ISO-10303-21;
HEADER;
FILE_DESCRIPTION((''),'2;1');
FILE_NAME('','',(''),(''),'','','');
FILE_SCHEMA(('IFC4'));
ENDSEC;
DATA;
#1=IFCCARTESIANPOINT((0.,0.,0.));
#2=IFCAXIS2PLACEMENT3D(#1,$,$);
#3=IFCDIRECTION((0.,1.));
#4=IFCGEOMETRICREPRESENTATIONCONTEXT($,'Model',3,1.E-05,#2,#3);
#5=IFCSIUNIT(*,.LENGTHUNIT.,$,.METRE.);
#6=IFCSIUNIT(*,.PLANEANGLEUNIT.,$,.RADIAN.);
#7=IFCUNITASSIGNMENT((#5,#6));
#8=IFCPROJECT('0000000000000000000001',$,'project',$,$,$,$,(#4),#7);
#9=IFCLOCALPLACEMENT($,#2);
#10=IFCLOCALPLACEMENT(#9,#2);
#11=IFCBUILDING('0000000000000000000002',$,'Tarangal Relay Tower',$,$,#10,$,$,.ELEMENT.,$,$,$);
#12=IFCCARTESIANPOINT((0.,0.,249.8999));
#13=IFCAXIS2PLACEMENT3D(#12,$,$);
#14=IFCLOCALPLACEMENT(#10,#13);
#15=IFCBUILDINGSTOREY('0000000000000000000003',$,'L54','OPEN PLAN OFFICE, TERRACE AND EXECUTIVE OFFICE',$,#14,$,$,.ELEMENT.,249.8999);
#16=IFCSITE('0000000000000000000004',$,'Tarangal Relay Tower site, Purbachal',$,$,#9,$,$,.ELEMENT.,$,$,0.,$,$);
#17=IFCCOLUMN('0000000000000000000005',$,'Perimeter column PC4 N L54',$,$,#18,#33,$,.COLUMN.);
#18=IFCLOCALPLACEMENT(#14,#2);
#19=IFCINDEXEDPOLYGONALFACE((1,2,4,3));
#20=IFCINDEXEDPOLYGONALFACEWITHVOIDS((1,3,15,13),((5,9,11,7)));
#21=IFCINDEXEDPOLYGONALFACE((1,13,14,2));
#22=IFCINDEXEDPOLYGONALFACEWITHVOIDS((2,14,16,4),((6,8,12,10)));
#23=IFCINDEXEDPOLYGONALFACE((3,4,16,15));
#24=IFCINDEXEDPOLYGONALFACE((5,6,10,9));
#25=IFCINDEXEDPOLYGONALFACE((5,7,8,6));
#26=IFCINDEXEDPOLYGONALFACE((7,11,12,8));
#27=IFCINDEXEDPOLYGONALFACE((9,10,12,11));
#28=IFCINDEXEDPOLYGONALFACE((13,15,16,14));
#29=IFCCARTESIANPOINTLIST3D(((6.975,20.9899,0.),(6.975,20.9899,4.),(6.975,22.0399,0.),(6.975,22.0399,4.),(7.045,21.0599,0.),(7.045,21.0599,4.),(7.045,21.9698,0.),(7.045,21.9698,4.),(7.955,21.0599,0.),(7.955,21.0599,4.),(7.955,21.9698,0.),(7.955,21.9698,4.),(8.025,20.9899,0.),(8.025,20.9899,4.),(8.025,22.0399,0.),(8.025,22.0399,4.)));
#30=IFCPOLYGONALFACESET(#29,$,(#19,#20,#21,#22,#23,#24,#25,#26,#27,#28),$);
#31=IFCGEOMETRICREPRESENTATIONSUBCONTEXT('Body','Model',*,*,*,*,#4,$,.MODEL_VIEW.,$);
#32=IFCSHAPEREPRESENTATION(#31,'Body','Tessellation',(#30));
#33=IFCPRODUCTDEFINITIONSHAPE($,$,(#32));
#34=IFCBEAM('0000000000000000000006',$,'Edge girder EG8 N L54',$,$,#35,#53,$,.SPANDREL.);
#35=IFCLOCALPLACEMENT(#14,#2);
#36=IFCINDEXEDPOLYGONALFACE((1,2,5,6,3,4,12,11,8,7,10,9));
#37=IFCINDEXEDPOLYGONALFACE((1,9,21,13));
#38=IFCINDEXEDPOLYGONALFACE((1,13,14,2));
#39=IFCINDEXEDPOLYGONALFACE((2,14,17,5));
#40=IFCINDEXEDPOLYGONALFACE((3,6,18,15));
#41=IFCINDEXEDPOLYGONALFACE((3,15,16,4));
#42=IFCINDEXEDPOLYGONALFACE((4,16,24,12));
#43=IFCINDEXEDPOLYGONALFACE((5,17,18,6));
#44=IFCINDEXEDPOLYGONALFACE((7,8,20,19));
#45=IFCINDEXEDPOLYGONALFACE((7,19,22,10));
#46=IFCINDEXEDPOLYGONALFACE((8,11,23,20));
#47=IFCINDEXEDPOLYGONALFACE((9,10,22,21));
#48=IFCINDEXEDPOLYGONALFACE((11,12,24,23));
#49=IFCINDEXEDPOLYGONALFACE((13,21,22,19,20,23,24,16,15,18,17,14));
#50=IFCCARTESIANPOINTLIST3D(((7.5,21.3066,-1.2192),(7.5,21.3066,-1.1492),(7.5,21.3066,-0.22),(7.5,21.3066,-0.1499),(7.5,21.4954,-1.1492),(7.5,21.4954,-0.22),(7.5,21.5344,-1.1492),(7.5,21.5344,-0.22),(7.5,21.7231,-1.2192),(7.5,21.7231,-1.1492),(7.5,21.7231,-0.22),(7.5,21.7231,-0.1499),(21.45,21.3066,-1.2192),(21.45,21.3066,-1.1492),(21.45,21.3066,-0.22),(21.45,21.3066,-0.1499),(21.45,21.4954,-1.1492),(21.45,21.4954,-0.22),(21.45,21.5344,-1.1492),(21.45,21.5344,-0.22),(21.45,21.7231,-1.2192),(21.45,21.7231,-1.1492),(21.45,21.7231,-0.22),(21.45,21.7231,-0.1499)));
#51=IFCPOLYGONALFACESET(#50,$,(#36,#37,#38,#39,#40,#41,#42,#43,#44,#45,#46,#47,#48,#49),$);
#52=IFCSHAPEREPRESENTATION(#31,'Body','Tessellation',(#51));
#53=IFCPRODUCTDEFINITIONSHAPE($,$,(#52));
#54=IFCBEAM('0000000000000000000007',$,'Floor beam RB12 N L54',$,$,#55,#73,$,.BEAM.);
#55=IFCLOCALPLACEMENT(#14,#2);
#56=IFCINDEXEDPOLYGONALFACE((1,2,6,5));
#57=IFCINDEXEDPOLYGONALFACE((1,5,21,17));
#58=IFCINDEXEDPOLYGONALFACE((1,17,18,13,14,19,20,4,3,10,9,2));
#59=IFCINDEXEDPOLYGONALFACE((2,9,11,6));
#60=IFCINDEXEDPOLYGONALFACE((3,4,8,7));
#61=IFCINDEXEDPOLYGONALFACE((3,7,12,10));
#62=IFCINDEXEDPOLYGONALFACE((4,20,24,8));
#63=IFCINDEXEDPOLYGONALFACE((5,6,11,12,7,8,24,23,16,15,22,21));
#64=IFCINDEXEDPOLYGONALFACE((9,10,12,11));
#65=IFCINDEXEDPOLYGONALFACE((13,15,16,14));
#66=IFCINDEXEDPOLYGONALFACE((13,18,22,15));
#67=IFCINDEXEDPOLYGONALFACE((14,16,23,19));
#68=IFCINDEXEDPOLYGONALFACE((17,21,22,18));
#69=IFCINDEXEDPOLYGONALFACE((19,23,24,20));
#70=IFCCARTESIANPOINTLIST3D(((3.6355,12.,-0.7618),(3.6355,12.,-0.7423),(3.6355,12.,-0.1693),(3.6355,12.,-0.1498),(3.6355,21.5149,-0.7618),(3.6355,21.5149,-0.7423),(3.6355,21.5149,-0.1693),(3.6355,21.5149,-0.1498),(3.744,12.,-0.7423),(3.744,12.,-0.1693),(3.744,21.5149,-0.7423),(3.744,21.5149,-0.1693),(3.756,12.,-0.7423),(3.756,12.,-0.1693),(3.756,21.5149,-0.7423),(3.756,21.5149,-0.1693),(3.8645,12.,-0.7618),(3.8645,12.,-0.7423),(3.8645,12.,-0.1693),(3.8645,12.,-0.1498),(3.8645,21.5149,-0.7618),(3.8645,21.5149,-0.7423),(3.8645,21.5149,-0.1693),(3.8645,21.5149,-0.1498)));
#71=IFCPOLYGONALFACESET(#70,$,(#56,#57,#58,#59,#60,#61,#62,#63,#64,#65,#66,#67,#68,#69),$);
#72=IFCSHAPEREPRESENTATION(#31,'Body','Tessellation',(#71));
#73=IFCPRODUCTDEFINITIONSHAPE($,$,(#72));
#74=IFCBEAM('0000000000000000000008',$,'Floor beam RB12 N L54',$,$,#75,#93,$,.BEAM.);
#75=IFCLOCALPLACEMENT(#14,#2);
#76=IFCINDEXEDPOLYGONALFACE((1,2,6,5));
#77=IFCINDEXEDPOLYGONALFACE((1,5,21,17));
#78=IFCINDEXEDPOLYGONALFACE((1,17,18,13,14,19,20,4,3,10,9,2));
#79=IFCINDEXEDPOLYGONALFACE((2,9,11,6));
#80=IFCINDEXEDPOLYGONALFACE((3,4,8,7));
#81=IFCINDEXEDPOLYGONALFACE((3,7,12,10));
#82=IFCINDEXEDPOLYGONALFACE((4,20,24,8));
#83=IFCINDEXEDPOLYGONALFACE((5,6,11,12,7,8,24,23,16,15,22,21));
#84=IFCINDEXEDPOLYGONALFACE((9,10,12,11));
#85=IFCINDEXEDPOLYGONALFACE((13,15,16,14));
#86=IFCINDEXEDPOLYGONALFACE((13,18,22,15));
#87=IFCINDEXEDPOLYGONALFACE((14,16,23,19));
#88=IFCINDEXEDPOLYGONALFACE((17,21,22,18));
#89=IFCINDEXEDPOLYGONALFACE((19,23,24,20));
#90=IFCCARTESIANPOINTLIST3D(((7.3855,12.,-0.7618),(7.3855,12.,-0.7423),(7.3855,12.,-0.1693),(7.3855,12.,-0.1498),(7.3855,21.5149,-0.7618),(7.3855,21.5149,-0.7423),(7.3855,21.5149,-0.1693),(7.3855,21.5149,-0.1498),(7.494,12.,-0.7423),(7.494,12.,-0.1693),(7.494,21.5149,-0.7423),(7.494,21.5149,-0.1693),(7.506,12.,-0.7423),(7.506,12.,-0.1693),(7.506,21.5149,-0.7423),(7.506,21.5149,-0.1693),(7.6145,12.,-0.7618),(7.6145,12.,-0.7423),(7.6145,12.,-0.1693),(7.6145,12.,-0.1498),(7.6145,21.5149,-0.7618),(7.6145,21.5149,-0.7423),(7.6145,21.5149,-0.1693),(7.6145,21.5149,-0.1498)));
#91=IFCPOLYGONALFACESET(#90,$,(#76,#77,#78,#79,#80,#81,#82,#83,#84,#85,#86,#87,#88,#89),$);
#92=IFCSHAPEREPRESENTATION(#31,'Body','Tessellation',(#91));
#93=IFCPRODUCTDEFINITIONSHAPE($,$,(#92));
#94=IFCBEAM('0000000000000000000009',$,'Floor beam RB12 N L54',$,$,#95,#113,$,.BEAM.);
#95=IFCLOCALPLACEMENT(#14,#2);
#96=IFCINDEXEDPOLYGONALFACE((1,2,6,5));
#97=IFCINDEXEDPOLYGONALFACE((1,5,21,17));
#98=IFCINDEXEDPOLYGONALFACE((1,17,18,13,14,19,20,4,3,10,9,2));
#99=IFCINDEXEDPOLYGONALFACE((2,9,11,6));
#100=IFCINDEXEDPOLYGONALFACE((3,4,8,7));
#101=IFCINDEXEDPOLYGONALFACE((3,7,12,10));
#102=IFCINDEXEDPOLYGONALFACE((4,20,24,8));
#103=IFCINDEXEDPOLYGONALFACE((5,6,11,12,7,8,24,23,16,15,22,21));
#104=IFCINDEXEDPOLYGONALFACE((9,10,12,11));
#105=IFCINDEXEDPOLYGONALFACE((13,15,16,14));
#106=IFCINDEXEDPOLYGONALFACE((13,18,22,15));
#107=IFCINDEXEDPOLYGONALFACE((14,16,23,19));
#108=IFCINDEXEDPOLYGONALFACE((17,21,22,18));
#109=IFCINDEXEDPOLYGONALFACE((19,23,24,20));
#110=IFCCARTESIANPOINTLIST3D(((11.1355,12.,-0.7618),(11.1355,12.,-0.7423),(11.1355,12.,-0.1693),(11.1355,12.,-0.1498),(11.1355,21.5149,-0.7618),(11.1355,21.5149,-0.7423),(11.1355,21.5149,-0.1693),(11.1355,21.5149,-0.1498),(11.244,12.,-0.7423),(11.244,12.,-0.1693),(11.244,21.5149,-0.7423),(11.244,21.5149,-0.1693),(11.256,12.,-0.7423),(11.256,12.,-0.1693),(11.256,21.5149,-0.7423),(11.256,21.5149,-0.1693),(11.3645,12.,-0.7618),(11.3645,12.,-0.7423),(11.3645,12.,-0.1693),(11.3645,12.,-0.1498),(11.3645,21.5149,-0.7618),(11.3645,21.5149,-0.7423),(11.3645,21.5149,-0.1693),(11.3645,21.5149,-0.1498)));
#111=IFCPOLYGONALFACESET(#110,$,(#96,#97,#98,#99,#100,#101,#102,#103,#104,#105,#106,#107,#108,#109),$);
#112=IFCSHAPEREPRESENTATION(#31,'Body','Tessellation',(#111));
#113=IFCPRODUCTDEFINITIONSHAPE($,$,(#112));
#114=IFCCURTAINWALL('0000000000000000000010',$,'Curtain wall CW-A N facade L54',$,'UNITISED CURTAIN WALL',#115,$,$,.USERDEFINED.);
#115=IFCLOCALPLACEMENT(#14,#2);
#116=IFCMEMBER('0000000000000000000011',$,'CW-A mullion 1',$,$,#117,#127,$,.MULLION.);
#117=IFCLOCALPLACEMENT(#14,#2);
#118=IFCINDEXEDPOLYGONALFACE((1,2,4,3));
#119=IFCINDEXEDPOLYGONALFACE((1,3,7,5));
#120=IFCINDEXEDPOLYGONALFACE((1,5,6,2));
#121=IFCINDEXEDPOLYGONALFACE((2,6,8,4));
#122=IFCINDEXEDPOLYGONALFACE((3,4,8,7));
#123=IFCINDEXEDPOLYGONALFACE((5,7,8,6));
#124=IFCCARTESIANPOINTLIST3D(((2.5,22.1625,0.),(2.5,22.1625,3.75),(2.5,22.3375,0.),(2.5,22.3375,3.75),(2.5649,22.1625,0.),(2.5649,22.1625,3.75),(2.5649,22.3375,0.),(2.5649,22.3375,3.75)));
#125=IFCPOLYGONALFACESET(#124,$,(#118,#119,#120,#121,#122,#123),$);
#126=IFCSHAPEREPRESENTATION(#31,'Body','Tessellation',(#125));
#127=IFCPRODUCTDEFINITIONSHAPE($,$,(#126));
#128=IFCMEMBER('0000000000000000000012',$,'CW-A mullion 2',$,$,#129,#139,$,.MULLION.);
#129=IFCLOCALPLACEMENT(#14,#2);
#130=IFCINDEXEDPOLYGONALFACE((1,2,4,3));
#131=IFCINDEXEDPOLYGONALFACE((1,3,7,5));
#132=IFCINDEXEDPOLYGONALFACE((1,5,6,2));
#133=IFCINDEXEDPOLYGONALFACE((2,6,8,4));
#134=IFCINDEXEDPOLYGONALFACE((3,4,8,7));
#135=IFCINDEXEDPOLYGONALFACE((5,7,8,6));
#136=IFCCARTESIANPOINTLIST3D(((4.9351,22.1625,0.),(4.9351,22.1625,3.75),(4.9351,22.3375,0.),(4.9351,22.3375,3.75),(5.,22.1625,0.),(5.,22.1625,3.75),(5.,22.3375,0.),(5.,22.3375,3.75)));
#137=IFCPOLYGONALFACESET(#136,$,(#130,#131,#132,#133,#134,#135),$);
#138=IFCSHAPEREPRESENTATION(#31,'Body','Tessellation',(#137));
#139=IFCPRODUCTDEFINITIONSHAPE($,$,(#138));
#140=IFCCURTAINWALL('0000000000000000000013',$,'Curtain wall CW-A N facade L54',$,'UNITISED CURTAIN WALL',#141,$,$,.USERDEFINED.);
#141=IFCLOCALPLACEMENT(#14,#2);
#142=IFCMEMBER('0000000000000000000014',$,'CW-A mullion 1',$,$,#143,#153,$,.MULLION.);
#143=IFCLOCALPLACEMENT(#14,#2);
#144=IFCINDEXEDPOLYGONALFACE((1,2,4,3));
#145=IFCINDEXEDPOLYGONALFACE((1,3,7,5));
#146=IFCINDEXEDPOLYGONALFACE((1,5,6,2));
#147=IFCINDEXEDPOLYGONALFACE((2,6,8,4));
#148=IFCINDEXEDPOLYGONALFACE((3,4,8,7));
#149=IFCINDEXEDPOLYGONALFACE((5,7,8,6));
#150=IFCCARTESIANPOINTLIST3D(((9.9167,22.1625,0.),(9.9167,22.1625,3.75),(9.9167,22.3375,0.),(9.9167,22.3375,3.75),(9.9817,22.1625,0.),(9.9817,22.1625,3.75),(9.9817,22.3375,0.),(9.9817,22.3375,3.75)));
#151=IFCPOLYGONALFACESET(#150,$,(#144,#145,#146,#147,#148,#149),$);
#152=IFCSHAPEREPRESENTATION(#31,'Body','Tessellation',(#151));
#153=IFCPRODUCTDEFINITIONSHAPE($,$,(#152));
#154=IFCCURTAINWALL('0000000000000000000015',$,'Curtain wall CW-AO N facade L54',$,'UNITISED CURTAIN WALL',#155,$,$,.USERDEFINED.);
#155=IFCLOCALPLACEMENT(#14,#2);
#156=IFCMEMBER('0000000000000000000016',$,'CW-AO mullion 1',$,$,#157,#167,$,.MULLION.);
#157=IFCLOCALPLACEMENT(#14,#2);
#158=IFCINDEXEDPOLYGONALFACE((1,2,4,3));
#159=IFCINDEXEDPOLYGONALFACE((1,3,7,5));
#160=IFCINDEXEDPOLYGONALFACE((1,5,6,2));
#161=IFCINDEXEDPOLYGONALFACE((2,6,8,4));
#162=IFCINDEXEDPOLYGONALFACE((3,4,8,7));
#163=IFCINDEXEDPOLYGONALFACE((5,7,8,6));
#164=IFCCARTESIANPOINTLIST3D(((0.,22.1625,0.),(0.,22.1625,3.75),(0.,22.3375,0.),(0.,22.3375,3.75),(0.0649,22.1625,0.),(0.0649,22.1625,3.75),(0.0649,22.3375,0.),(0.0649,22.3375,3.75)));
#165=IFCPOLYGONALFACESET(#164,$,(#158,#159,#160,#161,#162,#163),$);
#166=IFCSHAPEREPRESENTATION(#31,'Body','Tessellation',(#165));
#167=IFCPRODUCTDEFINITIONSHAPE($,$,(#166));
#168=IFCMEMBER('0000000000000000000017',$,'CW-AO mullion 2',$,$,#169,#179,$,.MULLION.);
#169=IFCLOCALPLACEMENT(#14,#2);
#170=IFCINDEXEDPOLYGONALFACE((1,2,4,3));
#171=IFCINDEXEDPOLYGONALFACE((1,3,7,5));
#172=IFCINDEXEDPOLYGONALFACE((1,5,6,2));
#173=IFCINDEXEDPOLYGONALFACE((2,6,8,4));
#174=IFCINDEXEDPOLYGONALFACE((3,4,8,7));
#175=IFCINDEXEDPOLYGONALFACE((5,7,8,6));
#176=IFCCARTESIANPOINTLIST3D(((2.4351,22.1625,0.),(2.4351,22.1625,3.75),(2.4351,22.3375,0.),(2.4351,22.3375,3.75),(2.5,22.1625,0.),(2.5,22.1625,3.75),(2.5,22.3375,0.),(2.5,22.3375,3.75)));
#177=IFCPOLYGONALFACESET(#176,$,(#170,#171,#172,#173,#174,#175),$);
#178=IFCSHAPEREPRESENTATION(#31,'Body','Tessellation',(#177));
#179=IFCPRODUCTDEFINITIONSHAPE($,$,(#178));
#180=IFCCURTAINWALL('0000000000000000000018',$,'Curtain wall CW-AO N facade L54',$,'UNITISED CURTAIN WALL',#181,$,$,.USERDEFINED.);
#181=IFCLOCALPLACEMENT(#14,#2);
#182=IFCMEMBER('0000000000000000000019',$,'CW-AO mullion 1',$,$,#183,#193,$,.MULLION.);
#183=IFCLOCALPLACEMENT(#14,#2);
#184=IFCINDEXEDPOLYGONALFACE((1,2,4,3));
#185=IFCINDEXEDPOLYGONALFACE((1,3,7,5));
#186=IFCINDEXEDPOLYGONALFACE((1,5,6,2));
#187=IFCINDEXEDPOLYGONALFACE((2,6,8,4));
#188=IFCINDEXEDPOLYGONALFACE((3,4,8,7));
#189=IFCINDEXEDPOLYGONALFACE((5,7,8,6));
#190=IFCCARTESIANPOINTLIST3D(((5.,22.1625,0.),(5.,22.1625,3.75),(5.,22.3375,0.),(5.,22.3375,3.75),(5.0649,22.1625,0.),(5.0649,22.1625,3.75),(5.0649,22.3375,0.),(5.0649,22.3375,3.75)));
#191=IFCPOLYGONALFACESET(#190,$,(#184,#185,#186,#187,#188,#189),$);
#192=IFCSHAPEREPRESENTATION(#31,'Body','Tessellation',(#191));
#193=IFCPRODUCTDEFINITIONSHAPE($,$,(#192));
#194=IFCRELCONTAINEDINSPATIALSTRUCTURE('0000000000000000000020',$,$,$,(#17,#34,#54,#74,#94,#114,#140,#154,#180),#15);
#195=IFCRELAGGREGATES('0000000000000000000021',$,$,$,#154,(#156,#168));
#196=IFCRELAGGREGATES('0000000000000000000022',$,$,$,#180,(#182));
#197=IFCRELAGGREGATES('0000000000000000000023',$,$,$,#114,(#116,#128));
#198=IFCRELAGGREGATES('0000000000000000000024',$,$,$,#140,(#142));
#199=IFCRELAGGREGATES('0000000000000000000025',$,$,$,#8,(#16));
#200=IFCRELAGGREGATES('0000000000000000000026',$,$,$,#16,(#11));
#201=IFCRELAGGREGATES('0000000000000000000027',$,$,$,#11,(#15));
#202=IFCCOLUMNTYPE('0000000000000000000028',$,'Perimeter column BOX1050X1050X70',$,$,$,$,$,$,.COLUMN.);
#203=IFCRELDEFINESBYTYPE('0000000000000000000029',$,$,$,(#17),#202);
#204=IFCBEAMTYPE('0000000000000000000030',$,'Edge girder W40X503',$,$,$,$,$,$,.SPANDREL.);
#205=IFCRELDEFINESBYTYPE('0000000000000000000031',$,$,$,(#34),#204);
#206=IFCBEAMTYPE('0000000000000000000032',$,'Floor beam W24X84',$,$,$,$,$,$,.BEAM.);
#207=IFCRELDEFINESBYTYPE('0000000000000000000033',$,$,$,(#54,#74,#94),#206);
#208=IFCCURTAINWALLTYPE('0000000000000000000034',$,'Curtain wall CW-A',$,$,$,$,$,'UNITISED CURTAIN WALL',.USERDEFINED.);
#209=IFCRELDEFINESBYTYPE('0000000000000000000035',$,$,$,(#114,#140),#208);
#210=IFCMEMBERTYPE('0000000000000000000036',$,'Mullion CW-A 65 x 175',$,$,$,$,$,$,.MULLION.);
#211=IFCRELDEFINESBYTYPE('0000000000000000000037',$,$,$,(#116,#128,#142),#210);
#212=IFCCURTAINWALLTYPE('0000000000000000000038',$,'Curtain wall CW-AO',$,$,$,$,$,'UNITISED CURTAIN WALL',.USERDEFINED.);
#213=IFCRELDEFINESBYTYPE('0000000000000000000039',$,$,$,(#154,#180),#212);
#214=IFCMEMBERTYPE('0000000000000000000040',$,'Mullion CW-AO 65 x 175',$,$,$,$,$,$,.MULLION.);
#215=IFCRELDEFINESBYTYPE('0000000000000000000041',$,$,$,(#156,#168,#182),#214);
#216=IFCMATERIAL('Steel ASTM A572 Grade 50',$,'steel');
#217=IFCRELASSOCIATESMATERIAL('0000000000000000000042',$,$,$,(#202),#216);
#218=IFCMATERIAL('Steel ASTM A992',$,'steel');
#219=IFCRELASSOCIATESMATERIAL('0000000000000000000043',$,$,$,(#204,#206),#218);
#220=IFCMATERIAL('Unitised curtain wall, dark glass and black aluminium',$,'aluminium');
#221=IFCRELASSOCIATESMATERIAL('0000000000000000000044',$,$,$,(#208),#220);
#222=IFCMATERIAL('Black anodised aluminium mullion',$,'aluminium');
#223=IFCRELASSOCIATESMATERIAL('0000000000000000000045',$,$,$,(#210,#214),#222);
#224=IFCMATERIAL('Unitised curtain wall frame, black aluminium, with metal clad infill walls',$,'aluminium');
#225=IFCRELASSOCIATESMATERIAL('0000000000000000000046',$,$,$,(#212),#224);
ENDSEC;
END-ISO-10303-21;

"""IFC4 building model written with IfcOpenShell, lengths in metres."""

from ifc_helpers import new_model, si_unit, direction, frame, origin, origin_2d, place, context, subcontext, project, spatial, rectangle, hollow_rectangle, i_section, extrude, material, material_profile, profile_set, type_object, element, aggregate, save


model = new_model("IFC4")

# Units and contexts
model_context = context("Model", 3, precision=1e-05, world=origin(), true_north=direction((0.0, 1.0)))
body_context = subcontext(model_context, "Body", "Model", "MODEL_VIEW")
ifc_project = project(units=[si_unit("LENGTHUNIT", "METRE"), si_unit("PLANEANGLEUNIT", "RADIAN")], contexts=[model_context])

# Site, building, storey
site_placement = place(None, origin())
site = spatial("IfcSite", under=ifc_project, at=site_placement, Name="Tarangal Relay Tower site, Purbachal", CompositionType="ELEMENT", RefElevation=0.0)
building_placement = place(site_placement, origin())
building = spatial("IfcBuilding", under=site, at=building_placement, Name="Tarangal Relay Tower", CompositionType="ELEMENT")
storey_placement = place(building_placement, frame((0.0, 0.0, 249.8999)))
storey = spatial("IfcBuildingStorey", under=building, at=storey_placement, Name="L54", Description="OPEN PLAN OFFICE, TERRACE AND EXECUTIVE OFFICE", CompositionType="ELEMENT", Elevation=249.8999)

# Column
ifc_material_1 = material(Name="Steel ASTM A572 Grade 50", Category="steel")
ifc_material_profile_1 = material_profile(ifc_material_1, hollow_rectangle(XDim=1.05, YDim=1.05, WallThickness=0.0701, at=origin_2d()), Name="BOX1050X1050X70")
ifc_profile_set_1 = profile_set([ifc_material_profile_1], Name="Steel ASTM A572 Grade 50")
column_type = type_object("IfcColumnType", Name="Perimeter column BOX1050X1050X70", PredefinedType="COLUMN", material=ifc_profile_set_1)
column_placement = place(storey_placement, frame((7.5, 21.5149, 0.0), z_axis=(0.0, 0.0, 1.0), x_axis=(1.0, 0.0, 0.0)))
element("IfcColumn", 1, at=column_placement, inside=storey, type_object=column_type, Name="Perimeter column PC4 N L54", PredefinedType="COLUMN", context=body_context, shape_type="SweptSolid", body=[
    extrude(hollow_rectangle(XDim=1.05, YDim=1.05, WallThickness=0.0701, at=origin_2d()), origin(), (0.0, 0.0, 1.0), 4.0),
])

# Beams
ifc_material_2 = material(Name="Steel ASTM A992", Category="steel")
ifc_material_profile_2 = material_profile(ifc_material_2, i_section(OverallWidth=0.4165, OverallDepth=1.0693, WebThickness=0.0391, FlangeThickness=0.0701, at=origin_2d()), Name="W40X503")
ifc_profile_set_2 = profile_set([ifc_material_profile_2], Name="Steel ASTM A992")
beam_type_1 = type_object("IfcBeamType", Name="Edge girder W40X503", PredefinedType="SPANDREL", material=ifc_profile_set_2)
beam_placement = place(storey_placement, frame((7.5, 21.5149, -0.6846), z_axis=(1.0, 0.0, 0.0), x_axis=(0.0, 1.0, 0.0)))
element("IfcBeam", 2, at=beam_placement, inside=storey, type_object=beam_type_1, Name="Edge girder EG8 N L54", PredefinedType="SPANDREL", context=body_context, shape_type="SweptSolid", body=[
    extrude(i_section(OverallWidth=0.4165, OverallDepth=1.0693, WebThickness=0.0391, FlangeThickness=0.0701, at=origin_2d()), origin(), (0.0, 0.0, 1.0), 13.95),
])
ifc_material_profile_3 = material_profile(ifc_material_2, i_section(OverallWidth=0.229, OverallDepth=0.6121, WebThickness=0.012, FlangeThickness=0.0195, at=origin_2d()), Name="W24X84")
ifc_profile_set_3 = profile_set([ifc_material_profile_3], Name="Steel ASTM A992")
beam_type_2 = type_object("IfcBeamType", Name="Floor beam W24X84", PredefinedType="BEAM", material=ifc_profile_set_3)
for number, where, z_axis, x_axis, name in (
    (3, (3.75, 12.0, -0.4558), (0.0, 1.0, 0.0), (-1.0, 0.0, 0.0), "Floor beam RB12 N L54"),
    (4, (7.5, 12.0, -0.4558), (0.0, 1.0, 0.0), (-1.0, 0.0, 0.0), "Floor beam RB12 N L54"),
    (5, (11.25, 12.0, -0.4558), (0.0, 1.0, 0.0), (-1.0, 0.0, 0.0), "Floor beam RB12 N L54"),
):
    element("IfcBeam", number, at=place(storey_placement, frame(where, z_axis=z_axis, x_axis=x_axis)), inside=storey, type_object=beam_type_2, Name=name, PredefinedType="BEAM", context=body_context, shape_type="SweptSolid", body=[
        extrude(i_section(OverallWidth=0.229, OverallDepth=0.6121, WebThickness=0.012, FlangeThickness=0.0195, at=origin_2d()), origin(), (0.0, 0.0, 1.0), 9.5149),
    ])

# Curtain wall, members
ifc_material_3 = material(Name="Unitised curtain wall, dark glass and black aluminium", Category="aluminium")
curtain_wall_type_1 = type_object("IfcCurtainWallType", Name="Curtain wall CW-A", ElementType="UNITISED CURTAIN WALL", PredefinedType="USERDEFINED", material=ifc_material_3)
curtain_wall_1_placement = place(storey_placement, origin())
curtain_wall_1 = element("IfcCurtainWall", 6, at=curtain_wall_1_placement, inside=storey, type_object=curtain_wall_type_1, Name="Curtain wall CW-A N facade L54", ObjectType="UNITISED CURTAIN WALL", PredefinedType="USERDEFINED")
ifc_material_4 = material(Name="Black anodised aluminium mullion", Category="aluminium")
ifc_material_profile_4 = material_profile(ifc_material_4, rectangle(XDim=0.175, YDim=0.0649, at=origin_2d()), Name="CW-AM 65X175")
ifc_profile_set_4 = profile_set([ifc_material_profile_4], Name="Black anodised aluminium mullion")
member_type_1 = type_object("IfcMemberType", Name="Mullion CW-A 65 x 175", PredefinedType="MULLION", material=ifc_profile_set_4)
member_1_placement = place(storey_placement, frame((2.5325, 22.25, 0.0), z_axis=(0.0, 0.0, 1.0), x_axis=(0.0, 1.0, 0.0)))
member_1 = element("IfcMember", 7, at=member_1_placement, type_object=member_type_1, Name="CW-A mullion 1", PredefinedType="MULLION", context=body_context, shape_type="SweptSolid", body=[
    extrude(rectangle(XDim=0.175, YDim=0.0649, at=origin_2d()), origin(), (0.0, 0.0, 1.0), 3.75),
])
member_2_placement = place(storey_placement, frame((4.9675, 22.25, 0.0), z_axis=(0.0, 0.0, 1.0), x_axis=(0.0, 1.0, 0.0)))
member_2 = element("IfcMember", 8, at=member_2_placement, type_object=member_type_1, Name="CW-A mullion 2", PredefinedType="MULLION", context=body_context, shape_type="SweptSolid", body=[
    extrude(rectangle(XDim=0.175, YDim=0.0649, at=origin_2d()), origin(), (0.0, 0.0, 1.0), 3.75),
])

# Curtain wall, member
curtain_wall_2_placement = place(storey_placement, origin())
curtain_wall_2 = element("IfcCurtainWall", 9, at=curtain_wall_2_placement, inside=storey, type_object=curtain_wall_type_1, Name="Curtain wall CW-A N facade L54", ObjectType="UNITISED CURTAIN WALL", PredefinedType="USERDEFINED")
member_3_placement = place(storey_placement, frame((9.9492, 22.25, 0.0), z_axis=(0.0, 0.0, 1.0), x_axis=(0.0, 1.0, 0.0)))
member_3 = element("IfcMember", 10, at=member_3_placement, type_object=member_type_1, Name="CW-A mullion 1", PredefinedType="MULLION", context=body_context, shape_type="SweptSolid", body=[
    extrude(rectangle(XDim=0.175, YDim=0.0649, at=origin_2d()), origin(), (0.0, 0.0, 1.0), 3.75),
])

# Curtain walls, members
ifc_material_5 = material(Name="Unitised curtain wall frame, black aluminium, with metal clad infill walls", Category="aluminium")
curtain_wall_type_2 = type_object("IfcCurtainWallType", Name="Curtain wall CW-AO", ElementType="UNITISED CURTAIN WALL", PredefinedType="USERDEFINED", material=ifc_material_5)
curtain_wall_3_placement = place(storey_placement, origin())
curtain_wall_3 = element("IfcCurtainWall", 11, at=curtain_wall_3_placement, inside=storey, type_object=curtain_wall_type_2, Name="Curtain wall CW-AO N facade L54", ObjectType="UNITISED CURTAIN WALL", PredefinedType="USERDEFINED")
ifc_material_profile_5 = material_profile(ifc_material_4, rectangle(XDim=0.175, YDim=0.0649, at=origin_2d()), Name="CW-AOM 65X175")
ifc_profile_set_5 = profile_set([ifc_material_profile_5], Name="Black anodised aluminium mullion")
member_type_2 = type_object("IfcMemberType", Name="Mullion CW-AO 65 x 175", PredefinedType="MULLION", material=ifc_profile_set_5)
member_4_placement = place(storey_placement, frame((0.0325, 22.25, 0.0), z_axis=(0.0, 0.0, 1.0), x_axis=(0.0, 1.0, 0.0)))
member_4 = element("IfcMember", 12, at=member_4_placement, type_object=member_type_2, Name="CW-AO mullion 1", PredefinedType="MULLION", context=body_context, shape_type="SweptSolid", body=[
    extrude(rectangle(XDim=0.175, YDim=0.0649, at=origin_2d()), origin(), (0.0, 0.0, 1.0), 3.75),
])
member_5_placement = place(storey_placement, frame((2.4675, 22.25, 0.0), z_axis=(0.0, 0.0, 1.0), x_axis=(0.0, 1.0, 0.0)))
member_5 = element("IfcMember", 13, at=member_5_placement, type_object=member_type_2, Name="CW-AO mullion 2", PredefinedType="MULLION", context=body_context, shape_type="SweptSolid", body=[
    extrude(rectangle(XDim=0.175, YDim=0.0649, at=origin_2d()), origin(), (0.0, 0.0, 1.0), 3.75),
])
curtain_wall_4_placement = place(storey_placement, origin())
curtain_wall_4 = element("IfcCurtainWall", 14, at=curtain_wall_4_placement, inside=storey, type_object=curtain_wall_type_2, Name="Curtain wall CW-AO N facade L54", ObjectType="UNITISED CURTAIN WALL", PredefinedType="USERDEFINED")
member_6_placement = place(storey_placement, frame((5.0325, 22.25, 0.0), z_axis=(0.0, 0.0, 1.0), x_axis=(0.0, 1.0, 0.0)))
member_6 = element("IfcMember", 15, at=member_6_placement, type_object=member_type_2, Name="CW-AO mullion 1", PredefinedType="MULLION", context=body_context, shape_type="SweptSolid", body=[
    extrude(rectangle(XDim=0.175, YDim=0.0649, at=origin_2d()), origin(), (0.0, 0.0, 1.0), 3.75),
])

aggregate(curtain_wall_3, [member_4, member_5])
aggregate(curtain_wall_4, [member_6])

aggregate(curtain_wall_1, [member_1, member_2])
aggregate(curtain_wall_2, [member_3])

save(model, "model.ifc")
